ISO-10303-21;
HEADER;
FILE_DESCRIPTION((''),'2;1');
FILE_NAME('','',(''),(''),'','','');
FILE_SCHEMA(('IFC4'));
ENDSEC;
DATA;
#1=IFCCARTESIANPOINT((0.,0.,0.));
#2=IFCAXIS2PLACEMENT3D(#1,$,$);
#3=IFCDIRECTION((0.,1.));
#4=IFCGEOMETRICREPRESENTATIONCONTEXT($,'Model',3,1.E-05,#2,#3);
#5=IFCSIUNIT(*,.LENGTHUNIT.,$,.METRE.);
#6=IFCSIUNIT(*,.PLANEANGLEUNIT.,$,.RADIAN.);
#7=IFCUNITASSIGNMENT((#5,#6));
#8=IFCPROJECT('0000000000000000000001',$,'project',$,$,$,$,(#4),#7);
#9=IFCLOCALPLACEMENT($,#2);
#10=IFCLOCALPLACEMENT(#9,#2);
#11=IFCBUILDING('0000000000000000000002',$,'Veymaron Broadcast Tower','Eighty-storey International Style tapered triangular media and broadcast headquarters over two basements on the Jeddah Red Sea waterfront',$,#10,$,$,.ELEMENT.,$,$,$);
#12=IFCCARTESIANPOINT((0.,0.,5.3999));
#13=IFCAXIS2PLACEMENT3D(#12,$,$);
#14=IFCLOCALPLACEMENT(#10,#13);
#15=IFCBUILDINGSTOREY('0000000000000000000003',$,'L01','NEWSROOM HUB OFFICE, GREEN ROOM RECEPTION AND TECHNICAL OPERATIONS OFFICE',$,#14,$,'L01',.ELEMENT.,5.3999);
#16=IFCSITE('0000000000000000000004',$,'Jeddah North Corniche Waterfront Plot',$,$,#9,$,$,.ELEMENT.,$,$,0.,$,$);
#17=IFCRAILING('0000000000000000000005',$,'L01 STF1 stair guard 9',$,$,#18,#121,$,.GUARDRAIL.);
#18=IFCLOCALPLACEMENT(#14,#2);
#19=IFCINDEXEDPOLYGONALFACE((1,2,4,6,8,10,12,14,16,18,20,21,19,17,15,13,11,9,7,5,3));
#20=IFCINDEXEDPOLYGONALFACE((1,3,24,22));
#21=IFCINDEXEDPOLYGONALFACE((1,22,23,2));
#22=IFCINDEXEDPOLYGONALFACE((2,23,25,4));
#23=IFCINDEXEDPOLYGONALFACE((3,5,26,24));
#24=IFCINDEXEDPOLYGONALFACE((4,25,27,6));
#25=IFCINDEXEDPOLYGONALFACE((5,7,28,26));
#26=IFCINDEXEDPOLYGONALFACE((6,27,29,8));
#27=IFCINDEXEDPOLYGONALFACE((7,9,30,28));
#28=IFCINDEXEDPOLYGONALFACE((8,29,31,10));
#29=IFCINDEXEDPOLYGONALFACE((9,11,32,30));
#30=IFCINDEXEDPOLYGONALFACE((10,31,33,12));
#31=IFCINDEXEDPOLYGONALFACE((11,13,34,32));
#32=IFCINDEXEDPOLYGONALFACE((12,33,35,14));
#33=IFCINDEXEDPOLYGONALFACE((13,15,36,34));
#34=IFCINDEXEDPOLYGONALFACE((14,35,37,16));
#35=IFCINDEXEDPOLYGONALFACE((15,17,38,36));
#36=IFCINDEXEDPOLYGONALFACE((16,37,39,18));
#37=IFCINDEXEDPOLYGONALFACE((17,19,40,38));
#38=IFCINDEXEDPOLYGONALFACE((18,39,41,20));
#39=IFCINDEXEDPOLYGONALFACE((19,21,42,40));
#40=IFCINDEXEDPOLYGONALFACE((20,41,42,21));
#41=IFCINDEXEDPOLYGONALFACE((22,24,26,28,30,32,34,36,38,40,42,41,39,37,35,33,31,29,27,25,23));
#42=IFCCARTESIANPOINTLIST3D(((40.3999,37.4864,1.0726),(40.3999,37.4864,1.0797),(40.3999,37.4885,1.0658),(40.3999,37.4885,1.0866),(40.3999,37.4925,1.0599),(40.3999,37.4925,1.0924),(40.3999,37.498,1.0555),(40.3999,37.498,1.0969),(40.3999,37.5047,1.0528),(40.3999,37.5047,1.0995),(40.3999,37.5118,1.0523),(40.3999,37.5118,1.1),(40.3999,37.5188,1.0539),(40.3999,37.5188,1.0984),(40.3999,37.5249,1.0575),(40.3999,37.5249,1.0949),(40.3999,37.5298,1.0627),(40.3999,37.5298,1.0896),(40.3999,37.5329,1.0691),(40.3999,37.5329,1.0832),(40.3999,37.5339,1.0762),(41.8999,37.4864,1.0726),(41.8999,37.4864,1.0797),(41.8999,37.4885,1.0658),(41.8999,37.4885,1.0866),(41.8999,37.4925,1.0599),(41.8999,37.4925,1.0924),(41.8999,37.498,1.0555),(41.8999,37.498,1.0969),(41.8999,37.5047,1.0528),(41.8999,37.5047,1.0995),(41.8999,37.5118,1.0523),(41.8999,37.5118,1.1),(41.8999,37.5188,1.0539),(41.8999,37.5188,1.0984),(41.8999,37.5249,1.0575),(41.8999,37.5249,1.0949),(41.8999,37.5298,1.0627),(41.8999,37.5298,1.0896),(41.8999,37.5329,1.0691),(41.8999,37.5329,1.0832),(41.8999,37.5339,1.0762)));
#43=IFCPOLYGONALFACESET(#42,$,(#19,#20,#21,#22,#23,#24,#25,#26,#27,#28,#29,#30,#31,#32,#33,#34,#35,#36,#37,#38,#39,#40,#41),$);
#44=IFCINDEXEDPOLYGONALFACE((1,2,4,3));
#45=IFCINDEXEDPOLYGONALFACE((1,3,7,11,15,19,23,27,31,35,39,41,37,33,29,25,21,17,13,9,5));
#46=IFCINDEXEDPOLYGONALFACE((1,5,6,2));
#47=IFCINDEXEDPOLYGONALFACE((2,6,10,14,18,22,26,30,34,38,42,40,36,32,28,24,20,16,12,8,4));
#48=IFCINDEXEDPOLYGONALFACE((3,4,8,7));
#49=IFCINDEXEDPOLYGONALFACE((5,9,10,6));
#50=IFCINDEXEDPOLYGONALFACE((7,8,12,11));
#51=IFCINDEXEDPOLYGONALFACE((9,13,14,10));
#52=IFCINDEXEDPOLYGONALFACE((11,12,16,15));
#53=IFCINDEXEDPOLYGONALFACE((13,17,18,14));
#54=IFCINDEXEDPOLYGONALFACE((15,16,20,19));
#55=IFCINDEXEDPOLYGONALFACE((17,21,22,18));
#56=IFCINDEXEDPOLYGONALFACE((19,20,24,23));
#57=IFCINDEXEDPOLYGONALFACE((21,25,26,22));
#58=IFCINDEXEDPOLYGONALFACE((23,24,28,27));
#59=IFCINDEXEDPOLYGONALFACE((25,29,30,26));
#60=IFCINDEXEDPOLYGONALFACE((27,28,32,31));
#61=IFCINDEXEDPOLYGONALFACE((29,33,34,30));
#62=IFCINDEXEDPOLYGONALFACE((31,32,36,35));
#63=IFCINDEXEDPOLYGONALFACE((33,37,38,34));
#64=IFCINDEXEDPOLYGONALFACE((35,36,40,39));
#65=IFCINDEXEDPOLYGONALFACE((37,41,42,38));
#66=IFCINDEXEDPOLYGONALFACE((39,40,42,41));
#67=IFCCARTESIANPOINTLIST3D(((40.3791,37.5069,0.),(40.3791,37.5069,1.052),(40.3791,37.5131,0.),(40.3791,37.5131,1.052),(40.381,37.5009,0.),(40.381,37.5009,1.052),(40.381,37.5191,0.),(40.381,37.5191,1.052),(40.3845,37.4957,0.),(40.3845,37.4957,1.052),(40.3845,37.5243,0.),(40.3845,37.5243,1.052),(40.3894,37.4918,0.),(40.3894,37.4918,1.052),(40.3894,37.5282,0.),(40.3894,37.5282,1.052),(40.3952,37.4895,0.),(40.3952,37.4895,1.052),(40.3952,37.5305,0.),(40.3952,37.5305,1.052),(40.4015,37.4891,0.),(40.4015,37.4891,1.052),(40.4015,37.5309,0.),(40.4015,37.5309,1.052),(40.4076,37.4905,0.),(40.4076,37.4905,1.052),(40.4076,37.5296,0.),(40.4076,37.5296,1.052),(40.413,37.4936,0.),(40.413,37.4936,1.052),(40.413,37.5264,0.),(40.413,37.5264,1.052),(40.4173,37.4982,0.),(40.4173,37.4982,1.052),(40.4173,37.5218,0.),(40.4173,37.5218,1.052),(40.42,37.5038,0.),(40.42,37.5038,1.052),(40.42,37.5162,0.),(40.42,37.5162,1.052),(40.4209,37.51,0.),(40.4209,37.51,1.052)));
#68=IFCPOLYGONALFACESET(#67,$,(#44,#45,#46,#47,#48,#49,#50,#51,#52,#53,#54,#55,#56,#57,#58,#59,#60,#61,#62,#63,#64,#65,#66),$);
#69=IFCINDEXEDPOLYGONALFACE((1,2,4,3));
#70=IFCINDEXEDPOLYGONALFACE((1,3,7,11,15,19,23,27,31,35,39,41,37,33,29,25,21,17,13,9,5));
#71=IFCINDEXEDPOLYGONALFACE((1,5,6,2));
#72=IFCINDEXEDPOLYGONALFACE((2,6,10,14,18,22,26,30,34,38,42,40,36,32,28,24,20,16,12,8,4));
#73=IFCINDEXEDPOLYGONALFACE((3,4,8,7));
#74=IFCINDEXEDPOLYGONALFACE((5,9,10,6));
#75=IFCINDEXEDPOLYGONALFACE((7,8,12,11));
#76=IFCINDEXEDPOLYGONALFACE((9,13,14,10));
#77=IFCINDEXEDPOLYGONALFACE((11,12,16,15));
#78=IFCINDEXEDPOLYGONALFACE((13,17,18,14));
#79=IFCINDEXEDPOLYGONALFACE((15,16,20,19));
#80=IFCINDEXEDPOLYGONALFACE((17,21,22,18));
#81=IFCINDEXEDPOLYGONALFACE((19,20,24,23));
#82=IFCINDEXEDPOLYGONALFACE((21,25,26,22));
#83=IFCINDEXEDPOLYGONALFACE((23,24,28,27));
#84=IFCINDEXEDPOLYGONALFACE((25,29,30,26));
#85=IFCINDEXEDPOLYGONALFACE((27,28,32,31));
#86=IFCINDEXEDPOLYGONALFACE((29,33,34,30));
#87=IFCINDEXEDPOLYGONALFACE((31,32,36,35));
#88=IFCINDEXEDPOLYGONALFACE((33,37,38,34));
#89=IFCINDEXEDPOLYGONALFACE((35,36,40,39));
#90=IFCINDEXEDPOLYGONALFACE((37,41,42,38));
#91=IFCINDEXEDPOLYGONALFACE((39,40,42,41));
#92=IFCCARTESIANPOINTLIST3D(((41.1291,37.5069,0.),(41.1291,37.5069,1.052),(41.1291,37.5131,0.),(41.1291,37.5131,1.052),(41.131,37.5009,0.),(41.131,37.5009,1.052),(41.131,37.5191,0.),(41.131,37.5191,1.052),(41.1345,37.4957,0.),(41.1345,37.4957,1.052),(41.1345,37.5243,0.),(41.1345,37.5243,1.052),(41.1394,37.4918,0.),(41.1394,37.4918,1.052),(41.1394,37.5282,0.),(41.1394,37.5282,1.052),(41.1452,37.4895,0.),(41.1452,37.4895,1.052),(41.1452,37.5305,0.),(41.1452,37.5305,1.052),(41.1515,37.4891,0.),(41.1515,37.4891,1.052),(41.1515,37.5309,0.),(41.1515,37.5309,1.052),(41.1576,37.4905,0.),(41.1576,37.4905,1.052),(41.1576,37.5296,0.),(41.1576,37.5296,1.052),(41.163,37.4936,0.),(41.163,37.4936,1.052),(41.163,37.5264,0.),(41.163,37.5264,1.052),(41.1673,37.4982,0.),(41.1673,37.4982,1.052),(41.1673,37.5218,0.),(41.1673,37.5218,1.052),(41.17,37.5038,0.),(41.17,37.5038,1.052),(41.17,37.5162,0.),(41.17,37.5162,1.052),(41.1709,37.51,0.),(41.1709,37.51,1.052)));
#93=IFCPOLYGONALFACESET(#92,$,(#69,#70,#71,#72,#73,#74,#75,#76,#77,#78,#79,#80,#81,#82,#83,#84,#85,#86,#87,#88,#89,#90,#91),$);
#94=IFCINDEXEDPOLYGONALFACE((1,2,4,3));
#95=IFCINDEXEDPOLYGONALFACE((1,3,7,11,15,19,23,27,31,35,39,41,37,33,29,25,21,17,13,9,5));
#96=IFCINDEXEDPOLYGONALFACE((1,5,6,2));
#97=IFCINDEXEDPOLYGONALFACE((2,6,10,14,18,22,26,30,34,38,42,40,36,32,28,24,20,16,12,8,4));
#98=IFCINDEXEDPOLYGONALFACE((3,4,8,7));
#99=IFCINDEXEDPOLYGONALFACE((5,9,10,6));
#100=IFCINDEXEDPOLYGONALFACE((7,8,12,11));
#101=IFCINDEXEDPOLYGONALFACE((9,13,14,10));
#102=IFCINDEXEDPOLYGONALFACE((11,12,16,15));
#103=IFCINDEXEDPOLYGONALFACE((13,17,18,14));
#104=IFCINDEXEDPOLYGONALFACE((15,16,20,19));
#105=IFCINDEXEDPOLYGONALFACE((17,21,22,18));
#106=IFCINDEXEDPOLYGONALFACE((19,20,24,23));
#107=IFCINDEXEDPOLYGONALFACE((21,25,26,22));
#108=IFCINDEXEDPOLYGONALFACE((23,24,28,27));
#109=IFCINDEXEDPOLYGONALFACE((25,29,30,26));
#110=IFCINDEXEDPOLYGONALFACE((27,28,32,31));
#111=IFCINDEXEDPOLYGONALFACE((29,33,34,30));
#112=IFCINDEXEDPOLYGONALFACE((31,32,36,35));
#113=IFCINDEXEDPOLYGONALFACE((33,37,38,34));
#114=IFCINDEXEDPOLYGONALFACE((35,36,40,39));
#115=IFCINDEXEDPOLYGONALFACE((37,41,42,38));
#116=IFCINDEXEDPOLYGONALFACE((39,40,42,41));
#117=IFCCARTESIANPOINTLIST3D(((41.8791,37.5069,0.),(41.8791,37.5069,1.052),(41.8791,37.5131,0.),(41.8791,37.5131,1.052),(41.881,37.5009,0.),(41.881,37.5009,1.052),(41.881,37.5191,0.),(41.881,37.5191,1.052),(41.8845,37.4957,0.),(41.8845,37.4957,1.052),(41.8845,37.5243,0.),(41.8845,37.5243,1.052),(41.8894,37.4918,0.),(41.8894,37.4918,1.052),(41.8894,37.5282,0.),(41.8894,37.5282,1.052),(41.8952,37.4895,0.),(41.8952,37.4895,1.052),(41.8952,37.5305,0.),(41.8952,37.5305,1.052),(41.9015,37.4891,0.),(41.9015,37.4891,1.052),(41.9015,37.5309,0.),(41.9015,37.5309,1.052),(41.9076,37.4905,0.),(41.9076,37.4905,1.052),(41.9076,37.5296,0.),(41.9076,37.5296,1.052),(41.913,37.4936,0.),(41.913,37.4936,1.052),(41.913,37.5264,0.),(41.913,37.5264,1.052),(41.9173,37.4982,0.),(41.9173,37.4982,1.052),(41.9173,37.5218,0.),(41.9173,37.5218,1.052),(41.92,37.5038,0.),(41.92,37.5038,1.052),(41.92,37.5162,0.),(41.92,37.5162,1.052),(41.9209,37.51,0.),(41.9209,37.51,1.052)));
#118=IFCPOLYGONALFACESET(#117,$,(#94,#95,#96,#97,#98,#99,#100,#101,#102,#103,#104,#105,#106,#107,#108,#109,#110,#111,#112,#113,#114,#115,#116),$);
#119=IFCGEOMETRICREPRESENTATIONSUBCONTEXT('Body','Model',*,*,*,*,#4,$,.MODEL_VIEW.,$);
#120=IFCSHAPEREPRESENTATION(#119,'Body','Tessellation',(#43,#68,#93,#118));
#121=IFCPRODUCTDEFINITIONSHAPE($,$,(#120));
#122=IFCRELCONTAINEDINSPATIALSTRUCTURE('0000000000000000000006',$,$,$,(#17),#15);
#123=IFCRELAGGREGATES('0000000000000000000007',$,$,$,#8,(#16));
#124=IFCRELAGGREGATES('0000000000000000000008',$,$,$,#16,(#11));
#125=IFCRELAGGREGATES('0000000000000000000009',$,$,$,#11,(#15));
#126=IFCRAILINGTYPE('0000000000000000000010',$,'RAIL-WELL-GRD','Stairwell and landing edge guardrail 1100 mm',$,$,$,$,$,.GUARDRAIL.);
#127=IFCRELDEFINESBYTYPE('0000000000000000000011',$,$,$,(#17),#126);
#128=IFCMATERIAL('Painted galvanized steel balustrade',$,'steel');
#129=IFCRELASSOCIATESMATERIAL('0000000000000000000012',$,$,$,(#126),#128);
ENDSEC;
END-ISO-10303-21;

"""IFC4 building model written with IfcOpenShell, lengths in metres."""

from ifc_helpers import new_model, si_unit, direction, frame, origin, origin_2d, place, context, subcontext, project, spatial, circle, extrude, material, type_object, element, save


model = new_model("IFC4")

# Units and contexts
model_context = context("Model", 3, precision=1e-05, world=origin(), true_north=direction((0.0, 1.0)))
body_context = subcontext(model_context, "Body", "Model", "MODEL_VIEW")
ifc_project = project(units=[si_unit("LENGTHUNIT", "METRE"), si_unit("PLANEANGLEUNIT", "RADIAN")], contexts=[model_context])

# Site, building, storey
site_placement = place(None, origin())
site = spatial("IfcSite", under=ifc_project, at=site_placement, Name="Jeddah North Corniche Waterfront Plot", CompositionType="ELEMENT", RefElevation=0.0)
building_placement = place(site_placement, origin())
building = spatial("IfcBuilding", under=site, at=building_placement, Name="Veymaron Broadcast Tower", Description="Eighty-storey International Style tapered triangular media and broadcast headquarters over two basements on the Jeddah Red Sea waterfront", CompositionType="ELEMENT")
storey_placement = place(building_placement, frame((0.0, 0.0, 5.3999)))
storey = spatial("IfcBuildingStorey", under=building, at=storey_placement, Name="L01", Description="NEWSROOM HUB OFFICE, GREEN ROOM RECEPTION AND TECHNICAL OPERATIONS OFFICE", LongName="L01", CompositionType="ELEMENT", Elevation=5.3999)

# Railing
ifc_material_1 = material(Name="Painted galvanized steel balustrade", Category="steel")
railing_type_1 = type_object("IfcRailingType", Name="RAIL-WELL-GRD", Description="Stairwell and landing edge guardrail 1100 mm", PredefinedType="GUARDRAIL", material=ifc_material_1)
railing_1_placement = place(storey_placement, frame((40.3999, 37.51, 0.0)))
element("IfcRailing", 1, at=railing_1_placement, inside=storey, type_object=railing_type_1, Name="L01 STF1 stair guard 9", PredefinedType="GUARDRAIL", context=body_context, shape_type="SweptSolid", body=[
    extrude(circle(Radius=0.0239, at=origin_2d()), frame((0.0, 0.0, 1.0762), z_axis=(1.0, 0.0, 0.0), x_axis=(0.0, 1.0, 0.0)), (0.0, 0.0, 1.0), 1.5),
    extrude(circle(Radius=0.021, at=origin_2d()), origin(), (0.0, 0.0, 1.0), 1.052),
    extrude(circle(Radius=0.021, at=origin_2d()), frame((0.75, 0.0, 0.0)), (0.0, 0.0, 1.0), 1.052),
    extrude(circle(Radius=0.021, at=origin_2d()), frame((1.5, 0.0, 0.0)), (0.0, 0.0, 1.0), 1.052),
])

save(model, "model.ifc")
